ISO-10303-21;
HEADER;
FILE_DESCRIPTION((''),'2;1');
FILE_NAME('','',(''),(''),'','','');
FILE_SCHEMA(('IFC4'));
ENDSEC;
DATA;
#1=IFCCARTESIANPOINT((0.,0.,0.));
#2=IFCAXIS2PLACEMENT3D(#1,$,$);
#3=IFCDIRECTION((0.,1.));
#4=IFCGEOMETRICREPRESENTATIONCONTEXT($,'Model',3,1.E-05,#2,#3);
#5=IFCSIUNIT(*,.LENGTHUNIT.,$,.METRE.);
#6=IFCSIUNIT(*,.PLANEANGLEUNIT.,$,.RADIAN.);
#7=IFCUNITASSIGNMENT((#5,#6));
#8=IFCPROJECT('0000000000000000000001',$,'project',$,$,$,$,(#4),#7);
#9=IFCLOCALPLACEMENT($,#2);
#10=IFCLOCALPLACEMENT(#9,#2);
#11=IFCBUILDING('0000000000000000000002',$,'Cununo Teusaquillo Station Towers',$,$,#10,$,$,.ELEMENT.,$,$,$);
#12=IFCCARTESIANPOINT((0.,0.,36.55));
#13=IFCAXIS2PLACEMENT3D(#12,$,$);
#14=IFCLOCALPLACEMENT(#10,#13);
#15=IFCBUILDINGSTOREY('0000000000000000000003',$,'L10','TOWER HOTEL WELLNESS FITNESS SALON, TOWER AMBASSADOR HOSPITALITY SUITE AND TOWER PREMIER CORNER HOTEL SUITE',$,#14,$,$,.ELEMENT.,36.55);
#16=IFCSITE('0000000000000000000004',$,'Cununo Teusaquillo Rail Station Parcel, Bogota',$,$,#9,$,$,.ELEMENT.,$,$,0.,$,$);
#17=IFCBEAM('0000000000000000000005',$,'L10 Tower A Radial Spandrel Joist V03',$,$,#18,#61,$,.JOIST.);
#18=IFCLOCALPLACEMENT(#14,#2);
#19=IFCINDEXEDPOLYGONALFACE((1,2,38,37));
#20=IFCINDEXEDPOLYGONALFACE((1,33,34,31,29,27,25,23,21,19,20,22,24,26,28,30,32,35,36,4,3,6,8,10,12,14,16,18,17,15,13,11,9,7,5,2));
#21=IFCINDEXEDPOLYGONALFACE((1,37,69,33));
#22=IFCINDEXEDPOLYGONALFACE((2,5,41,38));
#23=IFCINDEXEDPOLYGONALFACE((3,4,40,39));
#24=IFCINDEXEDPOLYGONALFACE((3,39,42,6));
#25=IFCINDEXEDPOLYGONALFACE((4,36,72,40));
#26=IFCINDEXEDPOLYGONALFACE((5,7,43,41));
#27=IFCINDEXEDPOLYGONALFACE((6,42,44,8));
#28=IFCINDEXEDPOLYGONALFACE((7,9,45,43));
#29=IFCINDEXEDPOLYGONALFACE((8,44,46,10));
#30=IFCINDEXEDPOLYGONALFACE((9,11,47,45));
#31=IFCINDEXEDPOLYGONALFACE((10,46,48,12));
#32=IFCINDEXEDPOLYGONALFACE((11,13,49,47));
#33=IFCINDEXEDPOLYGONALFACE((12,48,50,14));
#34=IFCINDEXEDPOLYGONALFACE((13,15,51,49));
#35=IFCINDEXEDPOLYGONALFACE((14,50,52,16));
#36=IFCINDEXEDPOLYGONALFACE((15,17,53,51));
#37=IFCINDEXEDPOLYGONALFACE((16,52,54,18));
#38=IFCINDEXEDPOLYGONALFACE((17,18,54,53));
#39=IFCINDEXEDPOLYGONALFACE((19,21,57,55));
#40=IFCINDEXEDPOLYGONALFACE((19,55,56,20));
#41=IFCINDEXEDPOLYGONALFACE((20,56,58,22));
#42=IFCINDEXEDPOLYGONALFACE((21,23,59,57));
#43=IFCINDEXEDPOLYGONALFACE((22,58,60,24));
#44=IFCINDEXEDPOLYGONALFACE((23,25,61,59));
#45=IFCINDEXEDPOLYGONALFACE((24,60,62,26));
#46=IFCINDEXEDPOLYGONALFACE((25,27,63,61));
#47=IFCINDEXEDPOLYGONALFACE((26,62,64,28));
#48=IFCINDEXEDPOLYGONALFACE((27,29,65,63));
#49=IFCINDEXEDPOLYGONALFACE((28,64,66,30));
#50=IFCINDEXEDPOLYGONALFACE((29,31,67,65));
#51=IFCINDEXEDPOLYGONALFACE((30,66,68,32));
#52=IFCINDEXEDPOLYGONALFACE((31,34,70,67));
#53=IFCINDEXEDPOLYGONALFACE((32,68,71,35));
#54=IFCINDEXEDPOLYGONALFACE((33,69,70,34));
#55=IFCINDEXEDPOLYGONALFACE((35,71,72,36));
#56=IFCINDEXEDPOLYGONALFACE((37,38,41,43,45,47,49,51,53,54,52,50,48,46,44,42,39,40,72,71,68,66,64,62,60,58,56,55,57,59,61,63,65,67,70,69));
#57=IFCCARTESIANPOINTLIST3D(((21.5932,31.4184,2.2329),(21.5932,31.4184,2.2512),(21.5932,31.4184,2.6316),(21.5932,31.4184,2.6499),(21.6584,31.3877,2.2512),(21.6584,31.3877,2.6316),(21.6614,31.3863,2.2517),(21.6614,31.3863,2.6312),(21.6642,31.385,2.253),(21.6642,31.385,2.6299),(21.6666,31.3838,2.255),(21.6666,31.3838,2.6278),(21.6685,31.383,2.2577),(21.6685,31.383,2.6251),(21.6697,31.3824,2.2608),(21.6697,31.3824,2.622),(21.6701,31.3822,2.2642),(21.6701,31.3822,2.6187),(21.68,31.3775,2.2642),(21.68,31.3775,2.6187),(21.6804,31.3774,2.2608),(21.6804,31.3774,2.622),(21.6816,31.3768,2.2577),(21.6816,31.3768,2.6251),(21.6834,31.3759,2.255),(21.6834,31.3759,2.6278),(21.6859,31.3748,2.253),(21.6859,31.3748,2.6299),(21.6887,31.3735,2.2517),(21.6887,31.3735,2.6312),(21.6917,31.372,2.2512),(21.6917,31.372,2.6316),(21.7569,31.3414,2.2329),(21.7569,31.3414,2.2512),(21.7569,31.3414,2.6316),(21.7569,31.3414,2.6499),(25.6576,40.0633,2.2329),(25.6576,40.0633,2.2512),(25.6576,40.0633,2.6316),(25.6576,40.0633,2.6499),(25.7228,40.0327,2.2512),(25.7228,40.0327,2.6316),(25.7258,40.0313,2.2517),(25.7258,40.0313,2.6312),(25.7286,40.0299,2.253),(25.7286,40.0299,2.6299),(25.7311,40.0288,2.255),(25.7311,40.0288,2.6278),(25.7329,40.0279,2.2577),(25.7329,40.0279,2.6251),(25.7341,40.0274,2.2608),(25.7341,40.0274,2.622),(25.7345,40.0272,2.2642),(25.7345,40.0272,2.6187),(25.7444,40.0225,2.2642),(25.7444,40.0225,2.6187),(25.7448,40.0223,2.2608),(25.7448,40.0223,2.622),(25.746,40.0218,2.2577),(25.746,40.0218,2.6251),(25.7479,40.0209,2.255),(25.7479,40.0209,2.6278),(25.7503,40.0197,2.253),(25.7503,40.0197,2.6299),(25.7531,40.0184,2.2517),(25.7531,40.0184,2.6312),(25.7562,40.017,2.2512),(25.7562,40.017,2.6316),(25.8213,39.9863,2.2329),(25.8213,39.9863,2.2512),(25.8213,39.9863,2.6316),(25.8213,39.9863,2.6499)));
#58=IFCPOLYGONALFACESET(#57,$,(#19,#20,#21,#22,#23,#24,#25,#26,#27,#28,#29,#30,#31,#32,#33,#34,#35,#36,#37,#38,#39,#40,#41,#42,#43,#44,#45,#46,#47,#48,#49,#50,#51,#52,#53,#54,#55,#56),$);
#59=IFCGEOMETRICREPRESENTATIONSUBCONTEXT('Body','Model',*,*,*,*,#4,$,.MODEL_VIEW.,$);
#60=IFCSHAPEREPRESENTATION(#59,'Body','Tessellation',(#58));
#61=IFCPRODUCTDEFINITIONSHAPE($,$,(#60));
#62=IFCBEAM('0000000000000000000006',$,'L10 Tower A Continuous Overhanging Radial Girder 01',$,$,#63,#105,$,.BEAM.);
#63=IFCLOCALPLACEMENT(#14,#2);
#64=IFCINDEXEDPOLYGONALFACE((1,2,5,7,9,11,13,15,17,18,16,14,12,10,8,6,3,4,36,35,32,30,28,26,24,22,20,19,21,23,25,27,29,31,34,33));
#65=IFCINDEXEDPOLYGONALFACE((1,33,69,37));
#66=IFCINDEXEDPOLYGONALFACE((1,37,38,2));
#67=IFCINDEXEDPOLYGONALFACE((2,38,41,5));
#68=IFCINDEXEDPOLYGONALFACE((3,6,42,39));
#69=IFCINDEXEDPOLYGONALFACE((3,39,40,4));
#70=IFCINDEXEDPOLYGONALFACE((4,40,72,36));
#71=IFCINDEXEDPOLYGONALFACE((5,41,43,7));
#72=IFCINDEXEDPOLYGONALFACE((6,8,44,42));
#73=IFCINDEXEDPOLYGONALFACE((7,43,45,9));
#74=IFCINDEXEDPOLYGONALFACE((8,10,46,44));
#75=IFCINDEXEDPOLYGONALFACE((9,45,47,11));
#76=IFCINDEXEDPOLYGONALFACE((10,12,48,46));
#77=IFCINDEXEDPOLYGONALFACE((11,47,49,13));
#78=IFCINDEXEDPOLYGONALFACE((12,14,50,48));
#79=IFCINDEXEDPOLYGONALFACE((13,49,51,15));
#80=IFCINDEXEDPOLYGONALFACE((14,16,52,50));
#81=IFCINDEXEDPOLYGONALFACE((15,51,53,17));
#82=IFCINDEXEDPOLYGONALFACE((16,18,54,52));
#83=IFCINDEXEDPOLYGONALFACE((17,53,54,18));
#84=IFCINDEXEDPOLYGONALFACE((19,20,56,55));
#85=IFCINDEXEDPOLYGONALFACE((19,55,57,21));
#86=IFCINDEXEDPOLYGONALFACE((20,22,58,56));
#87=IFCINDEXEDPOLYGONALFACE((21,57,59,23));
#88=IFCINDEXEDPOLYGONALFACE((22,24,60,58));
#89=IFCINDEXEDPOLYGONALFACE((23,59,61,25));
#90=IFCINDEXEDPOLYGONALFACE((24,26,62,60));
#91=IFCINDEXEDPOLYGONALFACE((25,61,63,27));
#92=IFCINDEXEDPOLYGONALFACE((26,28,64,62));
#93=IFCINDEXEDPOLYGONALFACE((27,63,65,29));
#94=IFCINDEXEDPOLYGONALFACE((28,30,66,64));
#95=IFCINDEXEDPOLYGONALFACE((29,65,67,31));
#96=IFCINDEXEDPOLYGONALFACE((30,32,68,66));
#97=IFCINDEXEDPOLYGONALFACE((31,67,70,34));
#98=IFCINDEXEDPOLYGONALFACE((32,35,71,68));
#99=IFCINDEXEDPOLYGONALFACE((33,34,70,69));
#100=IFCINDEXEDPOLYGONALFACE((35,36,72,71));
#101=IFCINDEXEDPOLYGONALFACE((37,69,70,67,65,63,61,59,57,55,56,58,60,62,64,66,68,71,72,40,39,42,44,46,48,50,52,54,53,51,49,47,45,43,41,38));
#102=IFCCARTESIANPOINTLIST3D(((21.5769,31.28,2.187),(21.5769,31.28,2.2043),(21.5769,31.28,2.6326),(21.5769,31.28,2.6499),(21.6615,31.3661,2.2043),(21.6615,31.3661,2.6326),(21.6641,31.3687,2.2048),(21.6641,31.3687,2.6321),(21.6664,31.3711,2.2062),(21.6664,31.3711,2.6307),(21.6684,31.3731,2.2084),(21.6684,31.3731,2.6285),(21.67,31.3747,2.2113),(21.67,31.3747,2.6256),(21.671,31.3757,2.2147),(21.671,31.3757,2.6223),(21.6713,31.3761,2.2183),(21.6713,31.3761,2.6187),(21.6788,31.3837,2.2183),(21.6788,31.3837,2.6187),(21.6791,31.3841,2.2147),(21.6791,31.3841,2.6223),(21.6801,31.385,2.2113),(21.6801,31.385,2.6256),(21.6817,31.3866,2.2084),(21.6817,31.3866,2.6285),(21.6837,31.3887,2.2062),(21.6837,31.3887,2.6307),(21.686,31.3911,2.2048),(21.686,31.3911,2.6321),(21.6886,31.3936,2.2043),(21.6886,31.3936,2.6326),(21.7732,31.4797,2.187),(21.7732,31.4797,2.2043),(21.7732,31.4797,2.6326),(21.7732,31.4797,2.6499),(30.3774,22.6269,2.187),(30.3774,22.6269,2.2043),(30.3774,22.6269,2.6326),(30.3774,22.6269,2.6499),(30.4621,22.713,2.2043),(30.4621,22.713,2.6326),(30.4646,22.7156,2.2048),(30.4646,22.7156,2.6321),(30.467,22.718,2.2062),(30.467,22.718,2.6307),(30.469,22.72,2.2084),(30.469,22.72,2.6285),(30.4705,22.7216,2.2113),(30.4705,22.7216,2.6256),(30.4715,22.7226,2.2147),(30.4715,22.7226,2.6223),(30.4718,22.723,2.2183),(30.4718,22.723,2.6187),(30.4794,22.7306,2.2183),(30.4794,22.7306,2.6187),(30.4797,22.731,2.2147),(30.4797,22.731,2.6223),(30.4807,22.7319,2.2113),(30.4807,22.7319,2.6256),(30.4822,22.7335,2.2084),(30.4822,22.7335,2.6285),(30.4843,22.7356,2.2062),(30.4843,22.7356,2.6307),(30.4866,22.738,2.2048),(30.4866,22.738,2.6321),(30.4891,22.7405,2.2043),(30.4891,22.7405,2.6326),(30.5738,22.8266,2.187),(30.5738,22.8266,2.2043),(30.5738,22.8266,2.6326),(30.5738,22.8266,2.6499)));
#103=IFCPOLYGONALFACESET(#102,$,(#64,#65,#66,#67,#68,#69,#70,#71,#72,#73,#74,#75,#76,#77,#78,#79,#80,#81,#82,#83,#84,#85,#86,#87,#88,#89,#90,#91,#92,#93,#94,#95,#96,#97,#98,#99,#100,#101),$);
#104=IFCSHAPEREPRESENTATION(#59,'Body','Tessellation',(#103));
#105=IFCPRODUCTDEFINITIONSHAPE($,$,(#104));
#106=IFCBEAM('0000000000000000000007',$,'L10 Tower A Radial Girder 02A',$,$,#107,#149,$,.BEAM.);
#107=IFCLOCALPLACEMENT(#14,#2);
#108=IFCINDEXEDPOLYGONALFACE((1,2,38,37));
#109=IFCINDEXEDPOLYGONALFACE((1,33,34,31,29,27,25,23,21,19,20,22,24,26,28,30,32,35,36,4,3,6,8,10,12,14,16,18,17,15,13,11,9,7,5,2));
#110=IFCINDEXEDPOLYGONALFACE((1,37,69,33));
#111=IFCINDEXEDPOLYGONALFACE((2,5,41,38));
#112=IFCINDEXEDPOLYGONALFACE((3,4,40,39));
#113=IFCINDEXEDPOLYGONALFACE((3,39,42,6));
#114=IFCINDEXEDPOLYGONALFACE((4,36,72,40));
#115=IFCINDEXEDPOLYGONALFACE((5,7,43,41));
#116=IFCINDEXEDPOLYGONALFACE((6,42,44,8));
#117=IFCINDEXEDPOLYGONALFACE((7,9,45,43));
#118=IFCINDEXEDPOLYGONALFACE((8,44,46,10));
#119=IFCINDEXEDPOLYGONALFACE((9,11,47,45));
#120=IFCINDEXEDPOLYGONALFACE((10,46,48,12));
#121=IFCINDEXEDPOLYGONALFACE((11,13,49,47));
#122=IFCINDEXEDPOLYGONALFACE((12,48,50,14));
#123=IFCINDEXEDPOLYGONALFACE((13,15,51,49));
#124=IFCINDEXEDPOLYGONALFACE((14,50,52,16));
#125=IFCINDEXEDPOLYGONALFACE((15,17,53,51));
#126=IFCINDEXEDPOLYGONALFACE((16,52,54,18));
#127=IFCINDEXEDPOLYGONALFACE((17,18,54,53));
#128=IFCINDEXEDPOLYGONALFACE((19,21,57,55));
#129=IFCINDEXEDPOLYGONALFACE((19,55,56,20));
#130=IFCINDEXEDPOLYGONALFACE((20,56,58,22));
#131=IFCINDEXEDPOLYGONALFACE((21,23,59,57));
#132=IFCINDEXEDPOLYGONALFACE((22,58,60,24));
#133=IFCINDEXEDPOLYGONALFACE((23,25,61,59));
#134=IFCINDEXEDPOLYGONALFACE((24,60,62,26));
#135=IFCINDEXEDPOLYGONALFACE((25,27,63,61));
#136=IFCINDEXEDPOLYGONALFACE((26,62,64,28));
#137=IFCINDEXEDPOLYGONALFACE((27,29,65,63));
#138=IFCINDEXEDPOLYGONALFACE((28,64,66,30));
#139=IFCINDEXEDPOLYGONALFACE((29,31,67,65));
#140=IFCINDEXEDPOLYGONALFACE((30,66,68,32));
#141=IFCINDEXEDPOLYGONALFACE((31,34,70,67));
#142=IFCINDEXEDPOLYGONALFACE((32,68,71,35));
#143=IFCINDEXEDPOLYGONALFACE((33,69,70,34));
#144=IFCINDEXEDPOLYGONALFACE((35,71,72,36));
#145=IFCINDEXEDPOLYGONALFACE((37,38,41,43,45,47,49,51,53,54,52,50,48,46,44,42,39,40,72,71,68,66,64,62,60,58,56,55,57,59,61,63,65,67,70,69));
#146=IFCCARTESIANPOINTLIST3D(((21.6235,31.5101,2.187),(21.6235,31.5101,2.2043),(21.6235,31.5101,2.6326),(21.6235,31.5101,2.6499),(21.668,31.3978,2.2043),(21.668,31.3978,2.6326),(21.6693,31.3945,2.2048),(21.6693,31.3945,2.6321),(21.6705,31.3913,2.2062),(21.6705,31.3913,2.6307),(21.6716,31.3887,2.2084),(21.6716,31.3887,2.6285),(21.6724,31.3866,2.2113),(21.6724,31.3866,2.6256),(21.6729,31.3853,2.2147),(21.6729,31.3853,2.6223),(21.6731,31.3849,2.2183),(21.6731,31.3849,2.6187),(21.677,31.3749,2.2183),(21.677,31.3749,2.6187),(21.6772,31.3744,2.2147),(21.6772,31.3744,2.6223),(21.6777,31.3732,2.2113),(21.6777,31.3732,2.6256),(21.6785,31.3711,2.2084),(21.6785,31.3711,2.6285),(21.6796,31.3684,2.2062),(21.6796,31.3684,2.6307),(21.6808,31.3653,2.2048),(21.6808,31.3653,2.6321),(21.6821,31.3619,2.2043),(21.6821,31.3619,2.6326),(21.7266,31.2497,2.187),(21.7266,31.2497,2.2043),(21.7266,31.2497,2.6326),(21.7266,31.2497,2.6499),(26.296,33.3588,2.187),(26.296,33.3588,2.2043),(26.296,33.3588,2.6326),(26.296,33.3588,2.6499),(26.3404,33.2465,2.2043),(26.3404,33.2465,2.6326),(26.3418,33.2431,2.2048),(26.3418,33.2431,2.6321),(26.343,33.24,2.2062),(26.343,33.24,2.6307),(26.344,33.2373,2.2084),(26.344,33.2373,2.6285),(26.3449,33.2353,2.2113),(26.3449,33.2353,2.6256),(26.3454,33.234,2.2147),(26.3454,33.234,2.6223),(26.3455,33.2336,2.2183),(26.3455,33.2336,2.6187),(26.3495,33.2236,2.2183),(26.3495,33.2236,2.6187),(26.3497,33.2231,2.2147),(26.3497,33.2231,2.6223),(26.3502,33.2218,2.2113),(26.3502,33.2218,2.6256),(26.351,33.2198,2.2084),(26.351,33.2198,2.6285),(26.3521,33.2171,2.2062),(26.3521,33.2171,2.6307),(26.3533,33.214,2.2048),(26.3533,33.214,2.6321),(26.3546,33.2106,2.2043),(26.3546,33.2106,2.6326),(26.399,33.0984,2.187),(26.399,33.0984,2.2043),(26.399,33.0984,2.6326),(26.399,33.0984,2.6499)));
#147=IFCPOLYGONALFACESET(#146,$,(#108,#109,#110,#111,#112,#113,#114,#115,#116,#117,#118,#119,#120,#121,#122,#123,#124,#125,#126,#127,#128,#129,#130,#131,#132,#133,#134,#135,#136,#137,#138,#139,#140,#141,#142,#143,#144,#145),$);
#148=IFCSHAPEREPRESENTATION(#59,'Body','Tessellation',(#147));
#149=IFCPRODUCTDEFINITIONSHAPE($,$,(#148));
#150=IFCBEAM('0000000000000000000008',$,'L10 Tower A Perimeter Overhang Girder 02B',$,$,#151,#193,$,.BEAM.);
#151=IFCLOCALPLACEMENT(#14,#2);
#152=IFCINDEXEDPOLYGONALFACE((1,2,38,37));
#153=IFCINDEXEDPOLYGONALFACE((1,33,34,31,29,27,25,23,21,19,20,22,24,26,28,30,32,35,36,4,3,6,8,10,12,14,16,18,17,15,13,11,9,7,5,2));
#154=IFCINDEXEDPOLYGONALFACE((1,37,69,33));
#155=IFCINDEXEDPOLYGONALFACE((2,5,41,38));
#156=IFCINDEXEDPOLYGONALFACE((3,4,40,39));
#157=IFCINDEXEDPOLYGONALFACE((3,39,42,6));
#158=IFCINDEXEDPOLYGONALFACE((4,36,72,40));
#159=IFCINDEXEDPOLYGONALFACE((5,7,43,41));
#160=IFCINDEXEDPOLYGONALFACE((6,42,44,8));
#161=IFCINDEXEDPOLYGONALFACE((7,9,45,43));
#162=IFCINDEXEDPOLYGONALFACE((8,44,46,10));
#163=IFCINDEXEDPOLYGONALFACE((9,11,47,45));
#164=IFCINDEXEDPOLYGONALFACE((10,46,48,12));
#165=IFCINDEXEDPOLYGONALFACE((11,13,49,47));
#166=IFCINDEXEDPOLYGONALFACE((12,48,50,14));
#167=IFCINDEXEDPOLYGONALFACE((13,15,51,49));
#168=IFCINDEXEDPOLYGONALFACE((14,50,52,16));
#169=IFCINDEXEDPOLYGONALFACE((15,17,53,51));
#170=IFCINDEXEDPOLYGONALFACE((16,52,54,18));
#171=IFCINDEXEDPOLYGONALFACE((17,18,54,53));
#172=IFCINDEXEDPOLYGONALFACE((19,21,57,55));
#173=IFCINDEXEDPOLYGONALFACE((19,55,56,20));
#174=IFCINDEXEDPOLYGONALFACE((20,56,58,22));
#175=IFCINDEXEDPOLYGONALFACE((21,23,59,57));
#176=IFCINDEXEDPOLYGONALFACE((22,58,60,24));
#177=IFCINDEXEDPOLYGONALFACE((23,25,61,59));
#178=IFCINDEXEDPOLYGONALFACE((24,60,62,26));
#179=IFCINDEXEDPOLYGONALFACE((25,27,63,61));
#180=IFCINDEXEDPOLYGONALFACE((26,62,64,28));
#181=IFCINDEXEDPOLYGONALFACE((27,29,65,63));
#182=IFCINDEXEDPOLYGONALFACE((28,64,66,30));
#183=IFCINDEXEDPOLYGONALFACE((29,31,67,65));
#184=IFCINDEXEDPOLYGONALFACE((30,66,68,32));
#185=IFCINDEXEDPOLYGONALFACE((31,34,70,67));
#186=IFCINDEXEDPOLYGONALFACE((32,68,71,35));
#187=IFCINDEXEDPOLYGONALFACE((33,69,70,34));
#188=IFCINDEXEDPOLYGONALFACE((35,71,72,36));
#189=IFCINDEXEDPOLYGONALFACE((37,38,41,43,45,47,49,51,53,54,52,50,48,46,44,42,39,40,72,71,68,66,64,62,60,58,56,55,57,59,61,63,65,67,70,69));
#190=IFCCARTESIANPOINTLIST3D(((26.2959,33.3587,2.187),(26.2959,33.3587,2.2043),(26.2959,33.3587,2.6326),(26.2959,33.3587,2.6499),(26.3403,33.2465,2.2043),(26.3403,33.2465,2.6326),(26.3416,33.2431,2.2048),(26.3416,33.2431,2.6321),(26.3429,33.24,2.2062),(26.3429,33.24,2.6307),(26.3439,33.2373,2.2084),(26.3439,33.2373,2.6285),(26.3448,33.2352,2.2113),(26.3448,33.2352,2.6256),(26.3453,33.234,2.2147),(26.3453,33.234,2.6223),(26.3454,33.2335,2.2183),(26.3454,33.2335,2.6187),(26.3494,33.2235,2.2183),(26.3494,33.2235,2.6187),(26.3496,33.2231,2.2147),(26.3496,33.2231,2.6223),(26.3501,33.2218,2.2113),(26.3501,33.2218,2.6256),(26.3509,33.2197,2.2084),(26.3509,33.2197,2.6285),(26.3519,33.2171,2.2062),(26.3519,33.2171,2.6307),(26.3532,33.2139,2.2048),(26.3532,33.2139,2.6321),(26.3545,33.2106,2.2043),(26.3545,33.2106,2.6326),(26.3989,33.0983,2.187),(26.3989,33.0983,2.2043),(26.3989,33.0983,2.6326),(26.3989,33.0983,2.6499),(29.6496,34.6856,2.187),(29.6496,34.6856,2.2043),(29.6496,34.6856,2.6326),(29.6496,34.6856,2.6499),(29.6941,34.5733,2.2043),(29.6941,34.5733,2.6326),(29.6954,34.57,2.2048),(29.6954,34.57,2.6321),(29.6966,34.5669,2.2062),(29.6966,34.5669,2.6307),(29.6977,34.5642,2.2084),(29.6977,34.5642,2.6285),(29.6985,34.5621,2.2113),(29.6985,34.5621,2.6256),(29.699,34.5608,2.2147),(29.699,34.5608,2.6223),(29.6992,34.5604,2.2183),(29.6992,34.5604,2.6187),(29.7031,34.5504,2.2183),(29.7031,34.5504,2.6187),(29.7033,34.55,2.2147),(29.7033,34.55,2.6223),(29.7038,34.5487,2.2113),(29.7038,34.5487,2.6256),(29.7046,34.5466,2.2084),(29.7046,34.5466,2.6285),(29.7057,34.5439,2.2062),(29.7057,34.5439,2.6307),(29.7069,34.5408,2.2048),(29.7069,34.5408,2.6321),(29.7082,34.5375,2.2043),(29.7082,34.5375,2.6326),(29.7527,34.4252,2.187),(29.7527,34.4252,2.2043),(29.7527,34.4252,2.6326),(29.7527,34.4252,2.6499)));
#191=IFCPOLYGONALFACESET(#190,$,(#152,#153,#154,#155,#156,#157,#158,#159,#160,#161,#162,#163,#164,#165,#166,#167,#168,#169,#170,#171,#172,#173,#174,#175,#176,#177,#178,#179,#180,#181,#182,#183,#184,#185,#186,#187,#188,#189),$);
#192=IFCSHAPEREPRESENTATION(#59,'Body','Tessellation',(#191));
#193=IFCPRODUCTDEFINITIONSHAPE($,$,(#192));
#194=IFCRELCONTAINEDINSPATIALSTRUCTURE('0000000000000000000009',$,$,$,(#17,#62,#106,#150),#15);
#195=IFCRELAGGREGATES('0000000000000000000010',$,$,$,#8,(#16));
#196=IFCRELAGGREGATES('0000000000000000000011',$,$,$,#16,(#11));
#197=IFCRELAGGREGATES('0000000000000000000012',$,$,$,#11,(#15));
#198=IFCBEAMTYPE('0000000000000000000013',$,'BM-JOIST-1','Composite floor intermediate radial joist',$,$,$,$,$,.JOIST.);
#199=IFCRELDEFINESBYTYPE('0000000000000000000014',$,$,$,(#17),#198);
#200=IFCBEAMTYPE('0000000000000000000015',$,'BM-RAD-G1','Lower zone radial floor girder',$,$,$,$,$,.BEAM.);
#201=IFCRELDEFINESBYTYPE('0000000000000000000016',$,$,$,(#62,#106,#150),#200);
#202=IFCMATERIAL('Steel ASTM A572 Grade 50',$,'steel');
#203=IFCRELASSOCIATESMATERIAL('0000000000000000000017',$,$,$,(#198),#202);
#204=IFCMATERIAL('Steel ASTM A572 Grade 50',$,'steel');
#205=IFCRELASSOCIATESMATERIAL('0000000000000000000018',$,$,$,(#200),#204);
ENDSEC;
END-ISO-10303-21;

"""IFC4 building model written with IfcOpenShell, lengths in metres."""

from ifc_helpers import new_model, si_unit, direction, frame, origin, origin_2d, place, context, subcontext, project, spatial, i_section, extrude, material, material_profile, profile_set, type_object, element, save


model = new_model("IFC4")

# Units and contexts
model_context = context("Model", 3, precision=1e-05, world=origin(), true_north=direction((0.0, 1.0)))
body_context = subcontext(model_context, "Body", "Model", "MODEL_VIEW")
ifc_project = project(units=[si_unit("LENGTHUNIT", "METRE"), si_unit("PLANEANGLEUNIT", "RADIAN")], contexts=[model_context])

# Site, building, storey
site_placement = place(None, origin())
site = spatial("IfcSite", under=ifc_project, at=site_placement, Name="Cununo Teusaquillo Rail Station Parcel, Bogota", CompositionType="ELEMENT", RefElevation=0.0)
building_placement = place(site_placement, origin())
building = spatial("IfcBuilding", under=site, at=building_placement, Name="Cununo Teusaquillo Station Towers", CompositionType="ELEMENT")
storey_placement = place(building_placement, frame((0.0, 0.0, 36.55)))
storey = spatial("IfcBuildingStorey", under=building, at=storey_placement, Name="L10", Description="TOWER HOTEL WELLNESS FITNESS SALON, TOWER AMBASSADOR HOSPITALITY SUITE AND TOWER PREMIER CORNER HOTEL SUITE", CompositionType="ELEMENT", Elevation=36.55)

# Beams
ifc_material_1 = material(Name="Steel ASTM A572 Grade 50", Category="steel")
ifc_material_profile_1 = material_profile(ifc_material_1, i_section(OverallWidth=0.1809, OverallDepth=0.417, WebThickness=0.011, FlangeThickness=0.0183, FilletRadius=0.0129, at=origin_2d()), Name="W16X57")
ifc_profile_set_1 = profile_set([ifc_material_profile_1], Name="Steel ASTM A572 Grade 50")
beam_type_1 = type_object("IfcBeamType", Name="BM-JOIST-1", Description="Composite floor intermediate radial joist", PredefinedType="JOIST", material=ifc_profile_set_1)
beam_1_placement = place(storey_placement, frame((21.675, 31.3799, 2.4414), z_axis=(0.425472, 0.904972, 0.0), x_axis=(-0.904972, 0.425472, 0.0)))
element("IfcBeam", 1, at=beam_1_placement, inside=storey, type_object=beam_type_1, Name="L10 Tower A Radial Spandrel Joist V03", PredefinedType="JOIST", context=body_context, shape_type="SweptSolid", body=[
    extrude(i_section(OverallWidth=0.1809, OverallDepth=0.417, WebThickness=0.011, FlangeThickness=0.0183, FilletRadius=0.0129, at=origin_2d()), origin(), (0.0, 0.0, 1.0), 9.5527),
])
ifc_material_2 = material(Name="Steel ASTM A572 Grade 50", Category="steel")
ifc_material_profile_2 = material_profile(ifc_material_2, i_section(OverallWidth=0.28, OverallDepth=0.4629, WebThickness=0.0107, FlangeThickness=0.0173, FilletRadius=0.0139, at=origin_2d()), Name="W18X76")
ifc_profile_set_2 = profile_set([ifc_material_profile_2], Name="Steel ASTM A572 Grade 50")
beam_type_2 = type_object("IfcBeamType", Name="BM-RAD-G1", Description="Lower zone radial floor girder", PredefinedType="BEAM", material=ifc_profile_set_2)
beam_2_placement = place(storey_placement, frame((21.675, 31.3799, 2.4185), z_axis=(0.713055, -0.701108, 0.0), x_axis=(0.701108, 0.713055, 0.0)))
element("IfcBeam", 2, at=beam_2_placement, inside=storey, type_object=beam_type_2, Name="L10 Tower A Continuous Overhanging Radial Girder 01", PredefinedType="BEAM", context=body_context, shape_type="SweptSolid", body=[
    extrude(i_section(OverallWidth=0.28, OverallDepth=0.4629, WebThickness=0.0107, FlangeThickness=0.0173, FilletRadius=0.0139, at=origin_2d()), origin(), (0.0, 0.0, 1.0), 12.342),
])
beam_3_placement = place(storey_placement, frame((21.675, 31.3799, 2.4185), z_axis=(0.929864, 0.367903, 0.0), x_axis=(-0.367903, 0.929864, 0.0)))
element("IfcBeam", 3, at=beam_3_placement, inside=storey, type_object=beam_type_2, Name="L10 Tower A Radial Girder 02A", PredefinedType="BEAM", context=body_context, shape_type="SweptSolid", body=[
    extrude(i_section(OverallWidth=0.28, OverallDepth=0.4629, WebThickness=0.0107, FlangeThickness=0.0173, FilletRadius=0.0139, at=origin_2d()), origin(), (0.0, 0.0, 1.0), 5.0249),
])
beam_4_placement = place(storey_placement, frame((26.3474, 33.2285, 2.4185), z_axis=(0.929866, 0.367898, 0.0), x_axis=(-0.367898, 0.929866, 0.0)))
element("IfcBeam", 4, at=beam_4_placement, inside=storey, type_object=beam_type_2, Name="L10 Tower A Perimeter Overhang Girder 02B", PredefinedType="BEAM", context=body_context, shape_type="SweptSolid", body=[
    extrude(i_section(OverallWidth=0.28, OverallDepth=0.4629, WebThickness=0.0107, FlangeThickness=0.0173, FilletRadius=0.0139, at=origin_2d()), origin(), (0.0, 0.0, 1.0), 3.6067),
])

save(model, "model.ifc")
